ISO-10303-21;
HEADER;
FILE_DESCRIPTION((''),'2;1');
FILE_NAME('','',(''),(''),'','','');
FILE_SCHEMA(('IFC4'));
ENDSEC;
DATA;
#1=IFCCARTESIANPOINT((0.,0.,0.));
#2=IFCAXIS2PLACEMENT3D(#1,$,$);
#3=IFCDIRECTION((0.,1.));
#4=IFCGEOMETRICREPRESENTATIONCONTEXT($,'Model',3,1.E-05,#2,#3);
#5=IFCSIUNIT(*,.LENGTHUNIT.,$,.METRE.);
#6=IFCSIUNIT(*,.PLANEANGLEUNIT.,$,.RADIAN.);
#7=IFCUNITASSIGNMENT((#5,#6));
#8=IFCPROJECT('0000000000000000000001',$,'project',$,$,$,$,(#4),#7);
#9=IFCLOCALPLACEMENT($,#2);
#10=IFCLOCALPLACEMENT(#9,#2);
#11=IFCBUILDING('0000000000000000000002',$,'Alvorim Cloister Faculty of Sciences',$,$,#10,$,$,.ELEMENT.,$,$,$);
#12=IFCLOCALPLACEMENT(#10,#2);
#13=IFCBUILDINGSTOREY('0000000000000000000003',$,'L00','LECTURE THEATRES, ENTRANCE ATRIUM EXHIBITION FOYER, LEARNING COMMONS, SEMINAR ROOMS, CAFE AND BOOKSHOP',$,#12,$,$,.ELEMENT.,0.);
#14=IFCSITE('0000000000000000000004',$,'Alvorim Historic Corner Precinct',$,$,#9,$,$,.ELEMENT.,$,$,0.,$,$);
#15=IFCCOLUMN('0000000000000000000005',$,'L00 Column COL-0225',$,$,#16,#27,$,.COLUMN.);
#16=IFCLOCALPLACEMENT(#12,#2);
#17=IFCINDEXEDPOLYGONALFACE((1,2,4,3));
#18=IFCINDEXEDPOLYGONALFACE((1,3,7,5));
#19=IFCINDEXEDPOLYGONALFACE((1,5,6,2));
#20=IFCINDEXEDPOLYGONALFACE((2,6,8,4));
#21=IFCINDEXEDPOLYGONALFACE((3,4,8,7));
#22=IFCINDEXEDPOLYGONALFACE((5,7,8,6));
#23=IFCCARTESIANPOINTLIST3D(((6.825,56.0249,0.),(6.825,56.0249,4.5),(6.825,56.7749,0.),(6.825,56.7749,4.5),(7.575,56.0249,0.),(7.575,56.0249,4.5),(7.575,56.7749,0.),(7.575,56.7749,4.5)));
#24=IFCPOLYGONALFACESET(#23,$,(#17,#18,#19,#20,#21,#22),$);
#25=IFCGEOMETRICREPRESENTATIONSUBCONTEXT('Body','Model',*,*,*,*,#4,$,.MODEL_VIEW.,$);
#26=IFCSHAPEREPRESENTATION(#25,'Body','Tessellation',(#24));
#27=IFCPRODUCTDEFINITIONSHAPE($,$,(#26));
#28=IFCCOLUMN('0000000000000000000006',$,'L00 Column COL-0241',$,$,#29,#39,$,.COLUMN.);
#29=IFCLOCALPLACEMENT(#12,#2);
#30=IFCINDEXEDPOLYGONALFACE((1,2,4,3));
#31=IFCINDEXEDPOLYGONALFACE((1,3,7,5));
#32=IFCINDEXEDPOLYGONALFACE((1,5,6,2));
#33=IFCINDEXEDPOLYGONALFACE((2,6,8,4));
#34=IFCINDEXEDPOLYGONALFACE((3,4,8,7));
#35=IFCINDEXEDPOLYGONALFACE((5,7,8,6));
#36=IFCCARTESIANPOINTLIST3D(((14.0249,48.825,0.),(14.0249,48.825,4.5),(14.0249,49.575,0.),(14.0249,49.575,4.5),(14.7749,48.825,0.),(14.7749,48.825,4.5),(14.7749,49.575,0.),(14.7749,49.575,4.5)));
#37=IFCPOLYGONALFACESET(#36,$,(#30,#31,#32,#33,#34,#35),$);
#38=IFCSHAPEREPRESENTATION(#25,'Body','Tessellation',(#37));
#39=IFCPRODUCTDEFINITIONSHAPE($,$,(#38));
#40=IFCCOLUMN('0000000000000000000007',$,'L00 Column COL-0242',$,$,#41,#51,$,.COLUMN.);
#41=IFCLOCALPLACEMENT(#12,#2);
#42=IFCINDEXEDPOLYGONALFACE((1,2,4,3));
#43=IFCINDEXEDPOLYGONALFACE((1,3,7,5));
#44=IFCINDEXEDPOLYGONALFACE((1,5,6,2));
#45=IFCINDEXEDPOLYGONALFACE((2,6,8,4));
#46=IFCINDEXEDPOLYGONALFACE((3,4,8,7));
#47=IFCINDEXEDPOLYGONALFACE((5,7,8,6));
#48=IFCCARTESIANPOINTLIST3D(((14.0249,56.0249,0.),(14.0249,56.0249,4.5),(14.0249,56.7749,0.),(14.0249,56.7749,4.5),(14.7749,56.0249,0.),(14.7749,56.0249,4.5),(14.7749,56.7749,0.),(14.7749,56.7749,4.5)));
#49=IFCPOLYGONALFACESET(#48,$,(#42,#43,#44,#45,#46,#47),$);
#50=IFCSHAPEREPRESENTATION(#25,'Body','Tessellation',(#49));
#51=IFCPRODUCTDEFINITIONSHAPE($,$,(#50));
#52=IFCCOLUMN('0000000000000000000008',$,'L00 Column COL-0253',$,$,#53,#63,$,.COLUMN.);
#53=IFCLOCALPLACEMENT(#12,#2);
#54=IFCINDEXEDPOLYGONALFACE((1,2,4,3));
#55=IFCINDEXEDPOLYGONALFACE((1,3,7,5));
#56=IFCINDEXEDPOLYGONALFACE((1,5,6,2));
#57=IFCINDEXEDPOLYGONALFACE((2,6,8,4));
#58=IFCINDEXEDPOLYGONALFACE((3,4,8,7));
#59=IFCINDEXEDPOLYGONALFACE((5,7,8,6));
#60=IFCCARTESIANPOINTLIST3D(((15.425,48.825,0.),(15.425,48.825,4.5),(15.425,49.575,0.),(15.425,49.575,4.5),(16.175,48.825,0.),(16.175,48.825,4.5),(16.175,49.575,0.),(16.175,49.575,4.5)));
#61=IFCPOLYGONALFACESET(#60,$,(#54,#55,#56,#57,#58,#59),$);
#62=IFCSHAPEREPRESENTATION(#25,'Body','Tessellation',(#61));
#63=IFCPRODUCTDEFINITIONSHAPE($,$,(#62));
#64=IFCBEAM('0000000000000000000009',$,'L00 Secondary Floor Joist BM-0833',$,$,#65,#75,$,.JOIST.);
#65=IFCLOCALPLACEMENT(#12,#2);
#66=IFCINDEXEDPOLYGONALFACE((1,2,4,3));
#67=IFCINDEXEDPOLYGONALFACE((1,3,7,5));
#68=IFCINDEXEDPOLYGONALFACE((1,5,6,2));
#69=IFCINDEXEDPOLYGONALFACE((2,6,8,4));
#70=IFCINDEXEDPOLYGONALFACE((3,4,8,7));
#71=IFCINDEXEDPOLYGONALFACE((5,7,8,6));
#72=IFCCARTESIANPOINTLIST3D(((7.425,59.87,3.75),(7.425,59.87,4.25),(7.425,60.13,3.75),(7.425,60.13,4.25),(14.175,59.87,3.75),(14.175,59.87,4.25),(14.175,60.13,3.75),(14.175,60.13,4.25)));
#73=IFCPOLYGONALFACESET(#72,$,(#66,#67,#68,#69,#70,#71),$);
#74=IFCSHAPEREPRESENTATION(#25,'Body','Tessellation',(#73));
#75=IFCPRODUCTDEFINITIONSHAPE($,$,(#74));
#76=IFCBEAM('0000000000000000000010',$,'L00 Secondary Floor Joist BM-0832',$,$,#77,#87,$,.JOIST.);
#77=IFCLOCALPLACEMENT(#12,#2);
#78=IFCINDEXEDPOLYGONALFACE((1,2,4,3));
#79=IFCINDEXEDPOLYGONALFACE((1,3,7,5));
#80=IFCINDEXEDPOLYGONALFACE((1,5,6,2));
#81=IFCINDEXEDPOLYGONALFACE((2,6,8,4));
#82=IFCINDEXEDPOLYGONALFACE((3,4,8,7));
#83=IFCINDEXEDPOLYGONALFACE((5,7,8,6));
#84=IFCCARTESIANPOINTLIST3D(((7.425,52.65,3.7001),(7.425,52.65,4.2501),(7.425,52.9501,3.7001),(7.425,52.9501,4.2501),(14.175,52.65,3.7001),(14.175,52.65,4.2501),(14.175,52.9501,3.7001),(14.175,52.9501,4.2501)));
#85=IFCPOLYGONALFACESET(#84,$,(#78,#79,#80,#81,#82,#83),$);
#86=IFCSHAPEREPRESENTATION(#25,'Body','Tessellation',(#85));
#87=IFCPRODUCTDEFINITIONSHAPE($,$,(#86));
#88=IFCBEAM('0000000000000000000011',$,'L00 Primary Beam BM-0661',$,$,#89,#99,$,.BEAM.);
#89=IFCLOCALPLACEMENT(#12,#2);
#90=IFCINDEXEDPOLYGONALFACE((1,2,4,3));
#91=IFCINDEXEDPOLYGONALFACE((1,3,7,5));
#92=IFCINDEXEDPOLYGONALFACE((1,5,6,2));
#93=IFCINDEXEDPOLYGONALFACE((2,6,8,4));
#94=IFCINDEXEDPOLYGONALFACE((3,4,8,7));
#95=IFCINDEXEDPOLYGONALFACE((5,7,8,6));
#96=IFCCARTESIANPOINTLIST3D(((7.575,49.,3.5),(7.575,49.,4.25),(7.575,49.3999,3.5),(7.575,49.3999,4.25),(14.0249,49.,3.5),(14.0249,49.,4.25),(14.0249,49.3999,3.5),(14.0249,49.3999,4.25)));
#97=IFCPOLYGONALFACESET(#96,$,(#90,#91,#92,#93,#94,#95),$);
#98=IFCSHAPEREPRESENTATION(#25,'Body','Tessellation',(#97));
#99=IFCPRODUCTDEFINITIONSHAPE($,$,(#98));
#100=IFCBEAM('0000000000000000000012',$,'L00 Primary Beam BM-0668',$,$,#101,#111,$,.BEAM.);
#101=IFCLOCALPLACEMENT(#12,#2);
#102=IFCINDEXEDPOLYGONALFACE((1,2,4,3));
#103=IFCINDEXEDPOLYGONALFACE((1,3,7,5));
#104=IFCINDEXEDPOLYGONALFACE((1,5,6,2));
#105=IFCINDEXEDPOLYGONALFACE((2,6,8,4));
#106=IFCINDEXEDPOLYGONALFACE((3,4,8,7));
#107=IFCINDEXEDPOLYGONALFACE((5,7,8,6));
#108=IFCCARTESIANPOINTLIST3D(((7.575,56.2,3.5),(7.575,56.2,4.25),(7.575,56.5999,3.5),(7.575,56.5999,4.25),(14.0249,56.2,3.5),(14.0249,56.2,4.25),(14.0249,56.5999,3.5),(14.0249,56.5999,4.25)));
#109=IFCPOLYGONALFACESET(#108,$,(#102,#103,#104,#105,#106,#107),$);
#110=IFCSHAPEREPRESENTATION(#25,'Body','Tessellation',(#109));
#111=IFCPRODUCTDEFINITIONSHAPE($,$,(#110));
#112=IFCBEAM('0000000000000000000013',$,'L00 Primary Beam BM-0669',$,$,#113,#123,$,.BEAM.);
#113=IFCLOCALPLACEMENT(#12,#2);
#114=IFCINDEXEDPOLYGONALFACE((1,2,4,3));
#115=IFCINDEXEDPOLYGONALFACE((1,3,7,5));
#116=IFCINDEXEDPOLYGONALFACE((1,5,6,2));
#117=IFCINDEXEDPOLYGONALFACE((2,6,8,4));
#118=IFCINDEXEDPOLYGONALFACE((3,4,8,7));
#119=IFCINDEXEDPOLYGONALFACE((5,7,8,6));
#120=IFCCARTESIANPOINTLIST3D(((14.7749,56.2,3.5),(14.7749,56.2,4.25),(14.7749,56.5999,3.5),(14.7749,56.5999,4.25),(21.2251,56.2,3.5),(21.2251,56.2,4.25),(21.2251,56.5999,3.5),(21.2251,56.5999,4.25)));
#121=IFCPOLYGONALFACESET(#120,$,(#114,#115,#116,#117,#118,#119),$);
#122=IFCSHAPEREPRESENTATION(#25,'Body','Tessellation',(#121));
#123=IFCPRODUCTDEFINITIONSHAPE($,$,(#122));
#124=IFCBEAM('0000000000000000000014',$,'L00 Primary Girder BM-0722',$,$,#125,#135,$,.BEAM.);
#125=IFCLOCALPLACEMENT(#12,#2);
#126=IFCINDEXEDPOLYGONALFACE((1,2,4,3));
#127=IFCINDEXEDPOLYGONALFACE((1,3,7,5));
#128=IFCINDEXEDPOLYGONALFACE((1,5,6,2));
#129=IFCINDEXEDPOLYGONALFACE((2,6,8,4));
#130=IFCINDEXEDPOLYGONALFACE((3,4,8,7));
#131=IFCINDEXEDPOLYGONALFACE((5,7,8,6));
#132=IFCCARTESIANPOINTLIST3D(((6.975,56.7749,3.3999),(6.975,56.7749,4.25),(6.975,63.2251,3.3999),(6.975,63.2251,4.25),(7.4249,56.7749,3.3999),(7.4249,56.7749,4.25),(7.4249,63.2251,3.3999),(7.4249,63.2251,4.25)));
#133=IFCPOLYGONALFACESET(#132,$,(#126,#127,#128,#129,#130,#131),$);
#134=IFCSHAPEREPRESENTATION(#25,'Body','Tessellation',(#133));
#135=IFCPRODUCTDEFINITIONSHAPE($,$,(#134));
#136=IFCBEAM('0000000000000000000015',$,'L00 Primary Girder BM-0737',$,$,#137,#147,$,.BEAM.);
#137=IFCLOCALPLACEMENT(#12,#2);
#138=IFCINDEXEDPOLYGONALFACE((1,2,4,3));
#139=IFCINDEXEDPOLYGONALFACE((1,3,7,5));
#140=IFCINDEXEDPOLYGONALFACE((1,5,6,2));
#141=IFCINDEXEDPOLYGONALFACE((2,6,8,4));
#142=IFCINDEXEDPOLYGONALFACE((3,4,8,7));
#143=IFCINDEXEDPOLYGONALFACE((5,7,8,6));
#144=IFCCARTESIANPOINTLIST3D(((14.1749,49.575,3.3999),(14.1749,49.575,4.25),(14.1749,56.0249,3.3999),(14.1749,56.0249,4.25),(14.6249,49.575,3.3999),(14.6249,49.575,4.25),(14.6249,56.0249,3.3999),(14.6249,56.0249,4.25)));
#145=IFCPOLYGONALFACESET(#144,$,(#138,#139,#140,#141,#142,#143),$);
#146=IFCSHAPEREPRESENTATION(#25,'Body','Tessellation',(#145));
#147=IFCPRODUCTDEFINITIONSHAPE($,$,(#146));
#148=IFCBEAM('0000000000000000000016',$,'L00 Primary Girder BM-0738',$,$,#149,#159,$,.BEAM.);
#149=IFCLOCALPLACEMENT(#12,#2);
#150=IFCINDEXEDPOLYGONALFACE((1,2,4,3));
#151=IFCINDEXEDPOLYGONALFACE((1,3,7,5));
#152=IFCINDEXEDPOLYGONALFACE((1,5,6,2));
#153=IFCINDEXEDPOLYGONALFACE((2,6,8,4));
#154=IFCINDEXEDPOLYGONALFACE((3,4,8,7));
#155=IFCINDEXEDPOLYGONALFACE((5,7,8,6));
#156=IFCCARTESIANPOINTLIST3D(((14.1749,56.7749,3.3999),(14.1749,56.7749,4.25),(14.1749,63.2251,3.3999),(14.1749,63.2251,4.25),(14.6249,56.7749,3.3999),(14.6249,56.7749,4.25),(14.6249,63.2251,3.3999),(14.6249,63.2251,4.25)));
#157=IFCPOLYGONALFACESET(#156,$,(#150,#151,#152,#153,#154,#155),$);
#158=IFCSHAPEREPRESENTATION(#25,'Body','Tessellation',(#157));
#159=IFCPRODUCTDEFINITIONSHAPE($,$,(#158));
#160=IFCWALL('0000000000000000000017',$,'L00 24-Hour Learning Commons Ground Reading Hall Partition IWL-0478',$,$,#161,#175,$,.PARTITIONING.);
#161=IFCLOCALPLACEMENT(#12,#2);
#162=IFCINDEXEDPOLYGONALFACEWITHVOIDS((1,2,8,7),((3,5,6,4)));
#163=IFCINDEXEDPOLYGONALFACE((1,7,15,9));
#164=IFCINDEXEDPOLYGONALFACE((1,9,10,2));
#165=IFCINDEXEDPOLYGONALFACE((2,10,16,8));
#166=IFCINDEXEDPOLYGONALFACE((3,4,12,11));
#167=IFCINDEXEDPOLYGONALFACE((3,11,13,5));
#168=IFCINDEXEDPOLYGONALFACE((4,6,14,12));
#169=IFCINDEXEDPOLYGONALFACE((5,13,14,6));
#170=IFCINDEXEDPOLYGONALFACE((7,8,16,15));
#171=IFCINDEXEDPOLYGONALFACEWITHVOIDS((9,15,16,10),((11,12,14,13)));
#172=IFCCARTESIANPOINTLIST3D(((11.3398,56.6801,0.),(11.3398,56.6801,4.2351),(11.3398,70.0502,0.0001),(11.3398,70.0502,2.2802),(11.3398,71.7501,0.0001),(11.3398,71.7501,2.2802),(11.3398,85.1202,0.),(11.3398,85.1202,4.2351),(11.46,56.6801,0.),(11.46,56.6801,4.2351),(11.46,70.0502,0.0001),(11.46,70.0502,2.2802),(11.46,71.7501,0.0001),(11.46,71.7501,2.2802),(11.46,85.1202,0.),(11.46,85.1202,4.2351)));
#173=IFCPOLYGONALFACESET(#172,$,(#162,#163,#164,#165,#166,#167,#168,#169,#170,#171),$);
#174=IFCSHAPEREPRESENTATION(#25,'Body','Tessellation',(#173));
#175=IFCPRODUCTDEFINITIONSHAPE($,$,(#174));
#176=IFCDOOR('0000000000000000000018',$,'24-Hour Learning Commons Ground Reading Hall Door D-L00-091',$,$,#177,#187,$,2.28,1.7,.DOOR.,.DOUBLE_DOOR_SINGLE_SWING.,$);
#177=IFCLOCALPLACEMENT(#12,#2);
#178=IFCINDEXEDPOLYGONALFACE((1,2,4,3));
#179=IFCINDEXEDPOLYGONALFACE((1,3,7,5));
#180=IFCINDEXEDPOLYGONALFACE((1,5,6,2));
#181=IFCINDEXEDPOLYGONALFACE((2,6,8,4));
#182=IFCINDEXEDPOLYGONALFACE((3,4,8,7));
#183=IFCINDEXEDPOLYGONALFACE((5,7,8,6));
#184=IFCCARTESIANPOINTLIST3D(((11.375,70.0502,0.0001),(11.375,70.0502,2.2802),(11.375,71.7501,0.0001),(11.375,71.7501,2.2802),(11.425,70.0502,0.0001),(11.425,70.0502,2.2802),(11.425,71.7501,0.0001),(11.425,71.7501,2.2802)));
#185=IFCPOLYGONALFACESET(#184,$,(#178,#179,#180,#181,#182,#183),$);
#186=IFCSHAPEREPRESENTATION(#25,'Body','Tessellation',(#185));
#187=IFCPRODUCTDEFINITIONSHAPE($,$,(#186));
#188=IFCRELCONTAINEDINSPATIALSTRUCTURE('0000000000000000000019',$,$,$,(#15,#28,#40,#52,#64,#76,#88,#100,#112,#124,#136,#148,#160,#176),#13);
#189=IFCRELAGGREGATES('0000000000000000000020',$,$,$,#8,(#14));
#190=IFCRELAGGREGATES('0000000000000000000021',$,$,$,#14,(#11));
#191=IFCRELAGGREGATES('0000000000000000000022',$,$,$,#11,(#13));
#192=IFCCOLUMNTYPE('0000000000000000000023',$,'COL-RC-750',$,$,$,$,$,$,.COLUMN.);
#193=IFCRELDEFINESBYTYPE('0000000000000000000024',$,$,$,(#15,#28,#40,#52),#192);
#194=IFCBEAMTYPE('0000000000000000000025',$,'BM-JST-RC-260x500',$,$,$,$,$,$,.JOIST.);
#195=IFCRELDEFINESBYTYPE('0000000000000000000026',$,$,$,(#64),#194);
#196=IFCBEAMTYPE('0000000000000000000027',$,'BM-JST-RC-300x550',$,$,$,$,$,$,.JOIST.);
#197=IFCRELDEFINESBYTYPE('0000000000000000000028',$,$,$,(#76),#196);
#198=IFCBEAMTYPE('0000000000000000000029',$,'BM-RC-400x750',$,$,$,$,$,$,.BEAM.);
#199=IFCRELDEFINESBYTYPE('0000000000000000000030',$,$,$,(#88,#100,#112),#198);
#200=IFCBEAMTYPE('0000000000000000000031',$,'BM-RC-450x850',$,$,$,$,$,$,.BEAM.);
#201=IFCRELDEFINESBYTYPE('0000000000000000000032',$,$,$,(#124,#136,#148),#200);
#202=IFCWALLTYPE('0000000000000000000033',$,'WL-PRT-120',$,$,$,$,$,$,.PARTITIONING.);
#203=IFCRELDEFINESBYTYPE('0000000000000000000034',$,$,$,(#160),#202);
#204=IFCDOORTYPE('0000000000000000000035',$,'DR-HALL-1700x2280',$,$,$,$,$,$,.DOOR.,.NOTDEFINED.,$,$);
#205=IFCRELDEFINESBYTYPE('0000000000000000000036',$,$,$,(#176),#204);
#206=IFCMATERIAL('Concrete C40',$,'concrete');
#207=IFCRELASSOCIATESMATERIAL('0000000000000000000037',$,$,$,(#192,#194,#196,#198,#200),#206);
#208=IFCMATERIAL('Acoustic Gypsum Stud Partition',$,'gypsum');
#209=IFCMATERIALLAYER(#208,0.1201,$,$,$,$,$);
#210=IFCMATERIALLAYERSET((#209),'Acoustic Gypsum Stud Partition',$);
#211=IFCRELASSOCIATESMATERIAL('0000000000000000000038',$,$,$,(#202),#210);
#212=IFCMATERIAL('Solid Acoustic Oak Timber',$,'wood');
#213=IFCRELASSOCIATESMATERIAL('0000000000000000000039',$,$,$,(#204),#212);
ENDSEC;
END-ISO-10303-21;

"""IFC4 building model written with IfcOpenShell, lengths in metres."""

from ifc_helpers import new_model, si_unit, direction, frame, frame_2d, origin, origin_2d, place, context, subcontext, project, spatial, rectangle, extrude, material, layer, layer_set, material_profile, profile_set, type_object, element, fill, save


model = new_model("IFC4")

# Units and contexts
model_context = context("Model", 3, precision=1e-05, world=origin(), true_north=direction((0.0, 1.0)))
body_context = subcontext(model_context, "Body", "Model", "MODEL_VIEW")
ifc_project = project(units=[si_unit("LENGTHUNIT", "METRE"), si_unit("PLANEANGLEUNIT", "RADIAN")], contexts=[model_context])

# Site, building, storey
site_placement = place(None, origin())
site = spatial("IfcSite", under=ifc_project, at=site_placement, Name="Alvorim Historic Corner Precinct", CompositionType="ELEMENT", RefElevation=0.0)
building_placement = place(site_placement, origin())
building = spatial("IfcBuilding", under=site, at=building_placement, Name="Alvorim Cloister Faculty of Sciences", CompositionType="ELEMENT")
storey_placement = place(building_placement, origin())
storey = spatial("IfcBuildingStorey", under=building, at=storey_placement, Name="L00", Description="LECTURE THEATRES, ENTRANCE ATRIUM EXHIBITION FOYER, LEARNING COMMONS, SEMINAR ROOMS, CAFE AND BOOKSHOP", CompositionType="ELEMENT", Elevation=0.0)

# Columns
ifc_material_1 = material(Name="Concrete C40", Category="concrete")
ifc_material_profile_1 = material_profile(ifc_material_1, rectangle(XDim=0.75, YDim=0.75, at=origin_2d()), Name="RC40-COL-750x750")
ifc_profile_set_1 = profile_set([ifc_material_profile_1], Name="Concrete C40")
column_type = type_object("IfcColumnType", Name="COL-RC-750", PredefinedType="COLUMN", material=ifc_profile_set_1)
for number, where, z_axis, x_axis, name in (
    (1, (7.2, 56.3999, 0.0), (0.0, 0.0, 1.0), (1.0, 0.0, 0.0), "L00 Column COL-0225"),
    (2, (14.3999, 49.2, 0.0), (0.0, 0.0, 1.0), (1.0, 0.0, 0.0), "L00 Column COL-0241"),
    (3, (14.3999, 56.3999, 0.0), (0.0, 0.0, 1.0), (1.0, 0.0, 0.0), "L00 Column COL-0242"),
    (4, (15.8, 49.2, 0.0), (0.0, 0.0, 1.0), (1.0, 0.0, 0.0), "L00 Column COL-0253"),
):
    element("IfcColumn", number, at=place(storey_placement, frame(where, z_axis=z_axis, x_axis=x_axis)), inside=storey, type_object=column_type, Name=name, PredefinedType="COLUMN", context=body_context, shape_type="SweptSolid", body=[
        extrude(rectangle(XDim=0.75, YDim=0.75, at=origin_2d()), origin(), (0.0, 0.0, 1.0), 4.5),
    ])

# Beams
ifc_material_profile_2 = material_profile(ifc_material_1, rectangle(XDim=0.26, YDim=0.5, at=origin_2d()), Name="RC40-JST-260x500")
ifc_profile_set_2 = profile_set([ifc_material_profile_2], Name="Concrete C40")
beam_type_1 = type_object("IfcBeamType", Name="BM-JST-RC-260x500", PredefinedType="JOIST", material=ifc_profile_set_2)
beam_1_placement = place(storey_placement, frame((7.425, 60.0, 4.0), z_axis=(1.0, 0.0, 0.0), x_axis=(0.0, 1.0, 0.0)))
element("IfcBeam", 5, at=beam_1_placement, inside=storey, type_object=beam_type_1, Name="L00 Secondary Floor Joist BM-0833", PredefinedType="JOIST", context=body_context, shape_type="SweptSolid", body=[
    extrude(rectangle(XDim=0.26, YDim=0.5, at=origin_2d()), origin(), (0.0, 0.0, 1.0), 6.75),
])
ifc_material_profile_3 = material_profile(ifc_material_1, rectangle(XDim=0.3, YDim=0.55, at=origin_2d()), Name="RC40-JST-300x550")
ifc_profile_set_3 = profile_set([ifc_material_profile_3], Name="Concrete C40")
beam_type_2 = type_object("IfcBeamType", Name="BM-JST-RC-300x550", PredefinedType="JOIST", material=ifc_profile_set_3)
beam_2_placement = place(storey_placement, frame((7.425, 52.8, 3.9751), z_axis=(1.0, 0.0, 0.0), x_axis=(0.0, 1.0, 0.0)))
element("IfcBeam", 6, at=beam_2_placement, inside=storey, type_object=beam_type_2, Name="L00 Secondary Floor Joist BM-0832", PredefinedType="JOIST", context=body_context, shape_type="SweptSolid", body=[
    extrude(rectangle(XDim=0.3, YDim=0.55, at=origin_2d()), origin(), (0.0, 0.0, 1.0), 6.75),
])
ifc_material_profile_4 = material_profile(ifc_material_1, rectangle(XDim=0.3999, YDim=0.75, at=origin_2d()), Name="RC40-BM-400x750")
ifc_profile_set_4 = profile_set([ifc_material_profile_4], Name="Concrete C40")
beam_type_3 = type_object("IfcBeamType", Name="BM-RC-400x750", PredefinedType="BEAM", material=ifc_profile_set_4)
for number, where, z_axis, x_axis, name in (
    (7, (7.575, 49.2, 3.875), (1.0, 0.0, 0.0), (0.0, 1.0, 0.0), "L00 Primary Beam BM-0661"),
    (8, (7.575, 56.3999, 3.875), (1.0, 0.0, 0.0), (0.0, 1.0, 0.0), "L00 Primary Beam BM-0668"),
):
    element("IfcBeam", number, at=place(storey_placement, frame(where, z_axis=z_axis, x_axis=x_axis)), inside=storey, type_object=beam_type_3, Name=name, PredefinedType="BEAM", context=body_context, shape_type="SweptSolid", body=[
        extrude(rectangle(XDim=0.3999, YDim=0.75, at=origin_2d()), origin(), (0.0, 0.0, 1.0), 6.45),
    ])
beam_3_placement = place(storey_placement, frame((14.7749, 56.3999, 3.875), z_axis=(1.0, 0.0, 0.0), x_axis=(0.0, 1.0, 0.0)))
element("IfcBeam", 9, at=beam_3_placement, inside=storey, type_object=beam_type_3, Name="L00 Primary Beam BM-0669", PredefinedType="BEAM", context=body_context, shape_type="SweptSolid", body=[
    extrude(rectangle(XDim=0.3999, YDim=0.75, at=origin_2d()), origin(), (0.0, 0.0, 1.0), 6.4502),
])
ifc_material_profile_5 = material_profile(ifc_material_1, rectangle(XDim=0.45, YDim=0.8501, at=origin_2d()), Name="RC40-BM-450x850")
ifc_profile_set_5 = profile_set([ifc_material_profile_5], Name="Concrete C40")
beam_type_4 = type_object("IfcBeamType", Name="BM-RC-450x850", PredefinedType="BEAM", material=ifc_profile_set_5)
beam_4_placement = place(storey_placement, frame((7.2, 56.7749, 3.825), z_axis=(0.0, 1.0, 0.0), x_axis=(-1.0, 0.0, 0.0)))
element("IfcBeam", 10, at=beam_4_placement, inside=storey, type_object=beam_type_4, Name="L00 Primary Girder BM-0722", PredefinedType="BEAM", context=body_context, shape_type="SweptSolid", body=[
    extrude(rectangle(XDim=0.45, YDim=0.8501, at=origin_2d()), origin(), (0.0, 0.0, 1.0), 6.4502),
])
beam_5_placement = place(storey_placement, frame((14.3999, 49.575, 3.825), z_axis=(0.0, 1.0, 0.0), x_axis=(-1.0, 0.0, 0.0)))
element("IfcBeam", 11, at=beam_5_placement, inside=storey, type_object=beam_type_4, Name="L00 Primary Girder BM-0737", PredefinedType="BEAM", context=body_context, shape_type="SweptSolid", body=[
    extrude(rectangle(XDim=0.45, YDim=0.8501, at=origin_2d()), origin(), (0.0, 0.0, 1.0), 6.45),
])
beam_6_placement = place(storey_placement, frame((14.3999, 56.7749, 3.825), z_axis=(0.0, 1.0, 0.0), x_axis=(-1.0, 0.0, 0.0)))
element("IfcBeam", 12, at=beam_6_placement, inside=storey, type_object=beam_type_4, Name="L00 Primary Girder BM-0738", PredefinedType="BEAM", context=body_context, shape_type="SweptSolid", body=[
    extrude(rectangle(XDim=0.45, YDim=0.8501, at=origin_2d()), origin(), (0.0, 0.0, 1.0), 6.4502),
])

# Wall, opening, door
ifc_material_2 = material(Name="Acoustic Gypsum Stud Partition", Category="gypsum")
ifc_layer_1 = layer(ifc_material_2, 0.1201)
ifc_layer_set_1 = layer_set([ifc_layer_1], Name="Acoustic Gypsum Stud Partition")
wall_type_1 = type_object("IfcWallType", Name="WL-PRT-120", PredefinedType="PARTITIONING", material=ifc_layer_set_1)
wall_1_placement = place(storey_placement, frame((11.3999, 56.6799, 0.0), z_axis=(0.0, 0.0, 1.0), x_axis=(0.0, 1.0, 0.0)))
wall_1 = element("IfcWall", 13, at=wall_1_placement, inside=storey, type_object=wall_type_1, Name="L00 24-Hour Learning Commons Ground Reading Hall Partition IWL-0478", PredefinedType="PARTITIONING", context=body_context, shape_type="SweptSolid", body=[
    extrude(rectangle(XDim=28.4402, YDim=0.1201, at=frame_2d((14.2202, 0.0))), origin(), (0.0, 0.0, 1.0), 4.2351),
])
opening_1_placement = place(wall_1_placement, frame((13.3701, 0.0, 0.0)))
opening_1 = element("IfcOpeningElement", 14, at=opening_1_placement, cuts=wall_1, PredefinedType="OPENING", context=body_context, shape_type="SweptSolid", body=[
    extrude(rectangle(XDim=1.7, YDim=2.28, at=frame_2d((0.8501, 1.1401))), frame((0.0, 0.072, 0.0), z_axis=(0.0, -1.0, 0.0), x_axis=(1.0, 0.0, 0.0)), (0.0, 0.0, 1.0), 0.144),
])
ifc_material_3 = material(Name="Solid Acoustic Oak Timber", Category="wood")
door_type_1 = type_object("IfcDoorType", Name="DR-HALL-1700x2280", OperationType="NOTDEFINED", PredefinedType="DOOR", material=ifc_material_3)
door_1_placement = place(opening_1_placement, origin())
door_1 = element("IfcDoor", 15, at=door_1_placement, inside=storey, type_object=door_type_1, Name="24-Hour Learning Commons Ground Reading Hall Door D-L00-091", OperationType="DOUBLE_DOOR_SINGLE_SWING", OverallHeight=2.28, OverallWidth=1.7, PredefinedType="DOOR", context=body_context, shape_type="SweptSolid", body=[
    extrude(rectangle(XDim=1.7, YDim=2.28, at=frame_2d((0.8501, 1.1401))), frame((0.0, 0.0249, 0.0), z_axis=(0.0, -1.0, 0.0), x_axis=(1.0, 0.0, 0.0)), (0.0, 0.0, 1.0), 0.05),
])
fill(opening_1, door_1)

save(model, "model.ifc")
